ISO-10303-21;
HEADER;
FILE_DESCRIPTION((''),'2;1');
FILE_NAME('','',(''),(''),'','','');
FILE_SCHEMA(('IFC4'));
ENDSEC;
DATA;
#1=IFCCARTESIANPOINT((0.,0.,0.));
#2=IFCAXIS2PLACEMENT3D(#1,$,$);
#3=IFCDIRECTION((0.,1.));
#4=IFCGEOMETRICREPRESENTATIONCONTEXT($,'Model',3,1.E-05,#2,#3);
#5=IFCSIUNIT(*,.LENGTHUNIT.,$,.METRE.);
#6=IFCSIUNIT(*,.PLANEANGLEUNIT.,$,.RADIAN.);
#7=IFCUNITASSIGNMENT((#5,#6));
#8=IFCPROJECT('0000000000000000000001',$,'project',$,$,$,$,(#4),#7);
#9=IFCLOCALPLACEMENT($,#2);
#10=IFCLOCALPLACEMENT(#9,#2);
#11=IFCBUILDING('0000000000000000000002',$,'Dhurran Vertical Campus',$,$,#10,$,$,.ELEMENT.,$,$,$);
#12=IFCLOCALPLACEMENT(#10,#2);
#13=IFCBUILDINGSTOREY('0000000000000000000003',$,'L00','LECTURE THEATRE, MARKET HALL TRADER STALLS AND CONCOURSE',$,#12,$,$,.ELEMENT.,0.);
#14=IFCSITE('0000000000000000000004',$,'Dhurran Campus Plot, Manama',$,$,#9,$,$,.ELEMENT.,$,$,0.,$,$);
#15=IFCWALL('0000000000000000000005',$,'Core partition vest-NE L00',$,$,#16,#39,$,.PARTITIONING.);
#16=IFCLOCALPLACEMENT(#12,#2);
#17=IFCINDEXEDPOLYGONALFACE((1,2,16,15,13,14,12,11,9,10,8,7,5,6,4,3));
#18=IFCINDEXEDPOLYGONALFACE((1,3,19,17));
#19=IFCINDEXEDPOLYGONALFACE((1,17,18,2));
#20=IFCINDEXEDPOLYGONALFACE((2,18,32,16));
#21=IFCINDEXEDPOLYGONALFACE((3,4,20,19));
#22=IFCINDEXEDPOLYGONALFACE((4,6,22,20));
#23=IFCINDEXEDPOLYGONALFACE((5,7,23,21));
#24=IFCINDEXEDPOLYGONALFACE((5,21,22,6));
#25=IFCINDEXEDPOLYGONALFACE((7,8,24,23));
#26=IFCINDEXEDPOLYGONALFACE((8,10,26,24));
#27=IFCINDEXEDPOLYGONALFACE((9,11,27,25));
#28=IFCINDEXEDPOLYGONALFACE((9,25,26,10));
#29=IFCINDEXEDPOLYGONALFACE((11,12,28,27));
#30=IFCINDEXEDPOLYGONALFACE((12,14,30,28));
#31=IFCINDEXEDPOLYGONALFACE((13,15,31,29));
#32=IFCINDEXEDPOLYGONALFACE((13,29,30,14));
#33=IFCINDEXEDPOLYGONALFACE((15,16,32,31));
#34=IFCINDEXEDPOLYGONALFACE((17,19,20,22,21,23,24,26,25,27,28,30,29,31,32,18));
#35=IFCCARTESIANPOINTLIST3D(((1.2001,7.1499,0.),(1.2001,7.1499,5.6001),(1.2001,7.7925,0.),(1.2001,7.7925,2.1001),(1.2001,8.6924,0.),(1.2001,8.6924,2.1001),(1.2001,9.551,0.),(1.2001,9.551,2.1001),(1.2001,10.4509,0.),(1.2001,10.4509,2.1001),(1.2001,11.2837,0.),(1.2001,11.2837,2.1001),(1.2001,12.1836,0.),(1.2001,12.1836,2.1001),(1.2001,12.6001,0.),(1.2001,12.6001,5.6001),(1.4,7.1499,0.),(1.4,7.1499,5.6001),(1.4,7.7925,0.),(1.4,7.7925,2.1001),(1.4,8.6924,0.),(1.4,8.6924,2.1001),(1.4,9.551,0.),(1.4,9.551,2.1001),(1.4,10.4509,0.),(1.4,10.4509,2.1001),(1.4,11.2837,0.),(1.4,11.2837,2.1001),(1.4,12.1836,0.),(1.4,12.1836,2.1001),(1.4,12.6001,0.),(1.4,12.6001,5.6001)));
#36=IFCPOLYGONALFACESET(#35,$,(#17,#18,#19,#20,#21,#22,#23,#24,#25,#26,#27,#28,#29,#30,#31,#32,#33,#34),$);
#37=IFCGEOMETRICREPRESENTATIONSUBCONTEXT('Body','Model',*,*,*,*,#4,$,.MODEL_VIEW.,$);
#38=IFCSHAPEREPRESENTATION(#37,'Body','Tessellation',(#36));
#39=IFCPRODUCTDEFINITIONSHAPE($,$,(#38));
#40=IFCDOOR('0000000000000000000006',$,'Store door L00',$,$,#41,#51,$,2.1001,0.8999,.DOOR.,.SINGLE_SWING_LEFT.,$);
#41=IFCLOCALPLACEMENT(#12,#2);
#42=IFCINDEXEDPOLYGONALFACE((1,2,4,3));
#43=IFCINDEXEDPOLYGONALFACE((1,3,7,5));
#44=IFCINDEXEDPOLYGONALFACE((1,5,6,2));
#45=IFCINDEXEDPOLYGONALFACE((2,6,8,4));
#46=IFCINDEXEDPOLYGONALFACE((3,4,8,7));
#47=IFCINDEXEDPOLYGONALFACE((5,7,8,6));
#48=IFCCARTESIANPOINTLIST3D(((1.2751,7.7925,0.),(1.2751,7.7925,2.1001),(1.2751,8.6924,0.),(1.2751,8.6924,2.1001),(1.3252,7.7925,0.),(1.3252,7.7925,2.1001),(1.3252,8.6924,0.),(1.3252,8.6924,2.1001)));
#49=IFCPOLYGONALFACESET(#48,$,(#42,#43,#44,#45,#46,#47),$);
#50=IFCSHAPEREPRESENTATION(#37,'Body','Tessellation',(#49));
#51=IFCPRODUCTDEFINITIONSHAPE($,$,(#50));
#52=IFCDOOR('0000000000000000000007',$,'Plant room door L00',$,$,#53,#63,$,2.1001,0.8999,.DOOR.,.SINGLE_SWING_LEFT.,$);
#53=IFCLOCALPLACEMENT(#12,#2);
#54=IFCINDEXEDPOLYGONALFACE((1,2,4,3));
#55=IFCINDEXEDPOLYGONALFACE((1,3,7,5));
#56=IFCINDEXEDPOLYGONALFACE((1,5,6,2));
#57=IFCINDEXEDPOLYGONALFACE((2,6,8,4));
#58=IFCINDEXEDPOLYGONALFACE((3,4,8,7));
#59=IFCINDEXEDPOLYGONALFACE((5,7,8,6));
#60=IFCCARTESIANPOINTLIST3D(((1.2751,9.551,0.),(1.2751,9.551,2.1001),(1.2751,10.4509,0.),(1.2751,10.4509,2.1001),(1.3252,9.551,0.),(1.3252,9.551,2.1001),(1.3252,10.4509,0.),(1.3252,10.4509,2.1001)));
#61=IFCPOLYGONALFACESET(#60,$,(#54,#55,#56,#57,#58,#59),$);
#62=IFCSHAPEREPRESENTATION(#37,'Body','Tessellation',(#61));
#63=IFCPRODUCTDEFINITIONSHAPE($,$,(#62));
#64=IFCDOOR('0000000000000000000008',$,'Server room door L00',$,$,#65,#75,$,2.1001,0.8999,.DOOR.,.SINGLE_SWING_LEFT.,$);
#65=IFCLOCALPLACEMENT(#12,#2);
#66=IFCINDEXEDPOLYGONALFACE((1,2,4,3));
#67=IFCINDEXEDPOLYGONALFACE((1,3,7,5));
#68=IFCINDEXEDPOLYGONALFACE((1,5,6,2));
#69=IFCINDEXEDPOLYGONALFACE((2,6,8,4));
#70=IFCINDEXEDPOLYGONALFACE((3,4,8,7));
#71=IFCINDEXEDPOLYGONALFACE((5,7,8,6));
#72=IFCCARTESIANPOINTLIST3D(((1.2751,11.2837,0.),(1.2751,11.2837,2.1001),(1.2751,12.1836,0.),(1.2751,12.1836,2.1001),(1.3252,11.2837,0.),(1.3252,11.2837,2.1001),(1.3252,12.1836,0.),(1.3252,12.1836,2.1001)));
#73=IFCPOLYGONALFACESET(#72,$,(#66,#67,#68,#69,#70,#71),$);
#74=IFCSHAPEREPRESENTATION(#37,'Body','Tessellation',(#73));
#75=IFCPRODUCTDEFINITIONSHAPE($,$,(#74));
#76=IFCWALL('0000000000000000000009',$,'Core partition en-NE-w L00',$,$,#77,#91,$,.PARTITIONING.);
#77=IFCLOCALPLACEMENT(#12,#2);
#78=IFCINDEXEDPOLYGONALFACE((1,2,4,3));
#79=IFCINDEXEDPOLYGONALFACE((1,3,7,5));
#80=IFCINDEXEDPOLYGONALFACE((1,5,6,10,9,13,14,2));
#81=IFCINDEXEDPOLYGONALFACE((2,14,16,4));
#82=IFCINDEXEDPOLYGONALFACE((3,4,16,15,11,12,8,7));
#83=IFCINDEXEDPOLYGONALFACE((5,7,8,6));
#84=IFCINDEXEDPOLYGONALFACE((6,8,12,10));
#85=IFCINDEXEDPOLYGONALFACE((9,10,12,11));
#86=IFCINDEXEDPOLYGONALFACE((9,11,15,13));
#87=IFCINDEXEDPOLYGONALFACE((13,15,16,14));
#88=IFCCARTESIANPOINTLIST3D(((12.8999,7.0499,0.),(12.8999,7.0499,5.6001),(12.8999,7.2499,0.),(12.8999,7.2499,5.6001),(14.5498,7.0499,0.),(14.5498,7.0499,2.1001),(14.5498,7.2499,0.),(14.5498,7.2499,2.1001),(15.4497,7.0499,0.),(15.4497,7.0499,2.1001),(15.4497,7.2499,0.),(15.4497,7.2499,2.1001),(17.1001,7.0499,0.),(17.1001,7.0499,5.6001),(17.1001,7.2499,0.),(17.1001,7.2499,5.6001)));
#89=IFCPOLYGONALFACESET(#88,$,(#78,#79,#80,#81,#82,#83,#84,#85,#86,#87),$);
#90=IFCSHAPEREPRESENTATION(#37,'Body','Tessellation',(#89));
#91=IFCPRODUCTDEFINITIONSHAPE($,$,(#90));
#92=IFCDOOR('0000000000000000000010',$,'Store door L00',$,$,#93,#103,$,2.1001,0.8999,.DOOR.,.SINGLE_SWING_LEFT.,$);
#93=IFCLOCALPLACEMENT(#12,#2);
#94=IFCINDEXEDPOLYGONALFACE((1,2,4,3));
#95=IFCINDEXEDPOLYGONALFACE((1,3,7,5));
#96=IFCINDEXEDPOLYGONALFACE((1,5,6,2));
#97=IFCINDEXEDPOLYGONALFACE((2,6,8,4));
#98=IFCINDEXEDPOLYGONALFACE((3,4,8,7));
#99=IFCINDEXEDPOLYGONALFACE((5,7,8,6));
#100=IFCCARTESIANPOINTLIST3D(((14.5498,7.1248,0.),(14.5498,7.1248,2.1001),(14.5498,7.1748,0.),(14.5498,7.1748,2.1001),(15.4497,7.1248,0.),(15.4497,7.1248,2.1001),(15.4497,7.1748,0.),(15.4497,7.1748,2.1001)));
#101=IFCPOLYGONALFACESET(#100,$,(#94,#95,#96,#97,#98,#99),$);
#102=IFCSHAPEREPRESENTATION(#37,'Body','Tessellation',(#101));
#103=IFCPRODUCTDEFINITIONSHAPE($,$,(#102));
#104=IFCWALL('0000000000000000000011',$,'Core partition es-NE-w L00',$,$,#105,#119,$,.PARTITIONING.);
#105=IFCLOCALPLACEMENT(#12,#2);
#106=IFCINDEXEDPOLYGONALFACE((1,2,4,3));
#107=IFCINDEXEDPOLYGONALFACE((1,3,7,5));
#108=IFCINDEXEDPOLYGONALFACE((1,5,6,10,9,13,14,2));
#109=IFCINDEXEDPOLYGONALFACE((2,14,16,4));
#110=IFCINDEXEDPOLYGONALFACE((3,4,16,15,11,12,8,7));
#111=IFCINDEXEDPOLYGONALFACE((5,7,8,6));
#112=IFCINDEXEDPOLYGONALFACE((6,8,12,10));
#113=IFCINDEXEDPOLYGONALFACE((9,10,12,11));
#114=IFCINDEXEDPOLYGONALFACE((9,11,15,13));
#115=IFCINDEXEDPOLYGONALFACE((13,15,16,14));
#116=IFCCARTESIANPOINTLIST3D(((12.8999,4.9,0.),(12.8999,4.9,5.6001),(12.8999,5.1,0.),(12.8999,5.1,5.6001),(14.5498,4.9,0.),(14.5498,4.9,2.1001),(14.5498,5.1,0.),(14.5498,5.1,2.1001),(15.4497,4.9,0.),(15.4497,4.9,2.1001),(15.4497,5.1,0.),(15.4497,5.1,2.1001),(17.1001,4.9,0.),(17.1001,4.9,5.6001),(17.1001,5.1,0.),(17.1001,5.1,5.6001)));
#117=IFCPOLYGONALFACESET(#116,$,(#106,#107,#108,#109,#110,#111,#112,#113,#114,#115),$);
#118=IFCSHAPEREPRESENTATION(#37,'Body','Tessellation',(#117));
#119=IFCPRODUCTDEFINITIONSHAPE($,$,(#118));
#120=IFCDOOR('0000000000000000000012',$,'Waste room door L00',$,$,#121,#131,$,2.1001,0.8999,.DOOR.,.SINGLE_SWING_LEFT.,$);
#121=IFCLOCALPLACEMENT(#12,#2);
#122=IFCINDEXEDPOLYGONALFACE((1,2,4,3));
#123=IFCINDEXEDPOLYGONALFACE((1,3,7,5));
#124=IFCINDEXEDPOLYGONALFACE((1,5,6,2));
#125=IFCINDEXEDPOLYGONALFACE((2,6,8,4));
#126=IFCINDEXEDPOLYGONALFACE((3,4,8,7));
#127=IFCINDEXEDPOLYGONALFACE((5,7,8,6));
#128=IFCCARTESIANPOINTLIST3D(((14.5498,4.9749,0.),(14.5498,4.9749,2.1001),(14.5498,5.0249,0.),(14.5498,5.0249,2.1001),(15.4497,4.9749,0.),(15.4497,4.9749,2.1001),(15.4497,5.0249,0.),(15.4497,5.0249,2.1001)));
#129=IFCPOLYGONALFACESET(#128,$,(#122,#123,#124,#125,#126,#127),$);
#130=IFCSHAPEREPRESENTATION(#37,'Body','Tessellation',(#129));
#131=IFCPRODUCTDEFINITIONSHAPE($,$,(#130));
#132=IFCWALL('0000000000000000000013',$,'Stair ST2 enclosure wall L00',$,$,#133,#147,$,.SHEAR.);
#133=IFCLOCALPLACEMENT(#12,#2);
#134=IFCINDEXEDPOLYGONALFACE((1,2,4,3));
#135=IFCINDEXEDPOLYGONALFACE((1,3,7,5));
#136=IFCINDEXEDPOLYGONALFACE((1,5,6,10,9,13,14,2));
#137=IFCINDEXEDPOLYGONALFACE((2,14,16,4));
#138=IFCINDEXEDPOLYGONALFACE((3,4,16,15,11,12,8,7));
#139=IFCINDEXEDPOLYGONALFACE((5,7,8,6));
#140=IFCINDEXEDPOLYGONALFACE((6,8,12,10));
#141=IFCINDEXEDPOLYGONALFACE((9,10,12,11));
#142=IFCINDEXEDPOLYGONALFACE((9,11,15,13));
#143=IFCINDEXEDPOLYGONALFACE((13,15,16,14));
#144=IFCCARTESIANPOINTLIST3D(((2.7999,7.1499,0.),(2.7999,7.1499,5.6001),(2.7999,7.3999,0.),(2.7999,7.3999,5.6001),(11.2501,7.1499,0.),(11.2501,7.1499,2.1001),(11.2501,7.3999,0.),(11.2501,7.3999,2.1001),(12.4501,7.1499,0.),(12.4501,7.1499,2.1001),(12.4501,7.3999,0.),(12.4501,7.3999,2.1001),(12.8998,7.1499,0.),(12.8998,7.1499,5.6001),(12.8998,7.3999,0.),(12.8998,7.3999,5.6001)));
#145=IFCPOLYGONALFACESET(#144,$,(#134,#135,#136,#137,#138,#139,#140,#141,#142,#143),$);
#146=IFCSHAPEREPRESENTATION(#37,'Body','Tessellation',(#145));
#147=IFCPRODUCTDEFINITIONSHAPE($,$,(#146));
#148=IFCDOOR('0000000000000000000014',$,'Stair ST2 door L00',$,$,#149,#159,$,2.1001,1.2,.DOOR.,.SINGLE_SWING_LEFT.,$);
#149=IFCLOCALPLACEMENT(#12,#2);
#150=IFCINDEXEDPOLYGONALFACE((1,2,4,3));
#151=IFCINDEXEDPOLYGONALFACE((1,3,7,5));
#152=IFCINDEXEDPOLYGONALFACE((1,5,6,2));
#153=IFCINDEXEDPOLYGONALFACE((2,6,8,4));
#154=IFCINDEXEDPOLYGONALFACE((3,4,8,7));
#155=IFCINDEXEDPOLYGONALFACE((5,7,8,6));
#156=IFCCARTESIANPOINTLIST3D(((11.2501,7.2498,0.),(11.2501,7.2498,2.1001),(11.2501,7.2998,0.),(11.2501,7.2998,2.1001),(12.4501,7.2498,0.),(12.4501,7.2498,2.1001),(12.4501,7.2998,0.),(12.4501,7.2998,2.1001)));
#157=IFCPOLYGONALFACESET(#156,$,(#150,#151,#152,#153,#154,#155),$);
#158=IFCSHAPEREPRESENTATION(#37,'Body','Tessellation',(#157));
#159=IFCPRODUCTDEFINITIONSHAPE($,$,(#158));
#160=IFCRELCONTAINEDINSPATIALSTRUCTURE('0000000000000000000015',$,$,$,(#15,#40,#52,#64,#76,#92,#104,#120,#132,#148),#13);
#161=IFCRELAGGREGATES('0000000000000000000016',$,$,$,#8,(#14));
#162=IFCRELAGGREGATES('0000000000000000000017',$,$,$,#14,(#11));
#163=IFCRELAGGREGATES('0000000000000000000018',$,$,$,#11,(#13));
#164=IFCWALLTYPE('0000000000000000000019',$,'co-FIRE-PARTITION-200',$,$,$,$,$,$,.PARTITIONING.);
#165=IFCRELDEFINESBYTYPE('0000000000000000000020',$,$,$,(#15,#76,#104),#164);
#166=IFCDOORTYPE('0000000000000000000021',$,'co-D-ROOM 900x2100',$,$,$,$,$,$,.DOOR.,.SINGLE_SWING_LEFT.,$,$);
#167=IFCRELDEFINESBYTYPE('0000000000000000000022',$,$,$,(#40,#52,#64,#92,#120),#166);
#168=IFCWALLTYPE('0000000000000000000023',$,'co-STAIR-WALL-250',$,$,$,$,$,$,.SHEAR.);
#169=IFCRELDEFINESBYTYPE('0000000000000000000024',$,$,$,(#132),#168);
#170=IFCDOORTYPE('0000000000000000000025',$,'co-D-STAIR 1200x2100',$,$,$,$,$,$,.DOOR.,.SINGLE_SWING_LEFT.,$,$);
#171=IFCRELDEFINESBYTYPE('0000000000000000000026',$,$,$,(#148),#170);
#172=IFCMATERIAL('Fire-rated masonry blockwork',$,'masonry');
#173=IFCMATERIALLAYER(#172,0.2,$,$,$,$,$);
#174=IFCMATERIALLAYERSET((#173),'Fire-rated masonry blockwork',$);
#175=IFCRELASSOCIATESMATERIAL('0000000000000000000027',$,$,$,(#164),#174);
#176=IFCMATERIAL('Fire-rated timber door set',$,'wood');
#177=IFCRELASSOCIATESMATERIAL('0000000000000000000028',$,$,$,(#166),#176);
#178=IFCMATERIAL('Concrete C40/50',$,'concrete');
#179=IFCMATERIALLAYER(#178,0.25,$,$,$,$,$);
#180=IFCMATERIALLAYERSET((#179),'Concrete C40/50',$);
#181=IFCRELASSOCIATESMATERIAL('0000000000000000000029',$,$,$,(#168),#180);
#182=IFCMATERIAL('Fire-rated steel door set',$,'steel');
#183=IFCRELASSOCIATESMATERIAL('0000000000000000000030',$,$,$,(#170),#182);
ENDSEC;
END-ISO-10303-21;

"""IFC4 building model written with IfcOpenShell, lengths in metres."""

from ifc_helpers import new_model, si_unit, direction, frame, frame_2d, origin, place, context, subcontext, project, spatial, rectangle, extrude, material, layer, layer_set, type_object, element, fill, save


model = new_model("IFC4")

# Units and contexts
model_context = context("Model", 3, precision=1e-05, world=origin(), true_north=direction((0.0, 1.0)))
body_context = subcontext(model_context, "Body", "Model", "MODEL_VIEW")
ifc_project = project(units=[si_unit("LENGTHUNIT", "METRE"), si_unit("PLANEANGLEUNIT", "RADIAN")], contexts=[model_context])

# Site, building, storey
site_placement = place(None, origin())
site = spatial("IfcSite", under=ifc_project, at=site_placement, Name="Dhurran Campus Plot, Manama", CompositionType="ELEMENT", RefElevation=0.0)
building_placement = place(site_placement, origin())
building = spatial("IfcBuilding", under=site, at=building_placement, Name="Dhurran Vertical Campus", CompositionType="ELEMENT")
storey_placement = place(building_placement, origin())
storey = spatial("IfcBuildingStorey", under=building, at=storey_placement, Name="L00", Description="LECTURE THEATRE, MARKET HALL TRADER STALLS AND CONCOURSE", CompositionType="ELEMENT", Elevation=0.0)

# Shared definitions
ifc_material_1 = material(Name="Fire-rated masonry blockwork", Category="masonry")
ifc_layer_1 = layer(ifc_material_1, 0.2)
ifc_layer_set_1 = layer_set([ifc_layer_1], Name="Fire-rated masonry blockwork")
wall_type_1 = type_object("IfcWallType", Name="co-FIRE-PARTITION-200", PredefinedType="PARTITIONING", material=ifc_layer_set_1)

# Wall, openings, doors
ifc_material_2 = material(Name="Fire-rated timber door set", Category="wood")
door_type_1 = type_object("IfcDoorType", Name="co-D-ROOM 900x2100", OperationType="SINGLE_SWING_LEFT", PredefinedType="DOOR", material=ifc_material_2)
wall_1_placement = place(storey_placement, frame((1.3, 7.1499, 0.0), z_axis=(0.0, 0.0, 1.0), x_axis=(0.0, 1.0, 0.0)))
wall_1 = element("IfcWall", 1, at=wall_1_placement, inside=storey, type_object=wall_type_1, Name="Core partition vest-NE L00", PredefinedType="PARTITIONING", context=body_context, shape_type="SweptSolid", body=[
    extrude(rectangle(XDim=5.4502, YDim=0.2, at=frame_2d((2.7251, 0.0))), origin(), (0.0, 0.0, 1.0), 5.6001),
])
opening_1_placement = place(wall_1_placement, frame((0.6426, 0.0, 0.0)))
opening_1 = element("IfcOpeningElement", 2, at=opening_1_placement, cuts=wall_1, PredefinedType="OPENING", context=body_context, shape_type="SweptSolid", body=[
    extrude(rectangle(XDim=0.8999, YDim=2.1001, at=frame_2d((0.45, 1.05))), frame((0.0, 0.1099, 0.0), z_axis=(0.0, -1.0, 0.0), x_axis=(1.0, 0.0, 0.0)), (0.0, 0.0, 1.0), 0.22),
])
opening_2_placement = place(wall_1_placement, frame((2.4011, 0.0, 0.0)))
opening_2 = element("IfcOpeningElement", 3, at=opening_2_placement, cuts=wall_1, PredefinedType="OPENING", context=body_context, shape_type="SweptSolid", body=[
    extrude(rectangle(XDim=0.8999, YDim=2.1001, at=frame_2d((0.45, 1.05))), frame((0.0, 0.1099, 0.0), z_axis=(0.0, -1.0, 0.0), x_axis=(1.0, 0.0, 0.0)), (0.0, 0.0, 1.0), 0.22),
])
opening_3_placement = place(wall_1_placement, frame((4.1338, 0.0, 0.0)))
opening_3 = element("IfcOpeningElement", 4, at=opening_3_placement, cuts=wall_1, PredefinedType="OPENING", context=body_context, shape_type="SweptSolid", body=[
    extrude(rectangle(XDim=0.8999, YDim=2.1001, at=frame_2d((0.45, 1.05))), frame((0.0, 0.1099, 0.0), z_axis=(0.0, -1.0, 0.0), x_axis=(1.0, 0.0, 0.0)), (0.0, 0.0, 1.0), 0.22),
])
door_1_placement = place(opening_1_placement, origin())
door_1 = element("IfcDoor", 5, at=door_1_placement, inside=storey, type_object=door_type_1, Name="Store door L00", OperationType="SINGLE_SWING_LEFT", OverallHeight=2.1001, OverallWidth=0.8999, PredefinedType="DOOR", context=body_context, shape_type="SweptSolid", body=[
    extrude(rectangle(XDim=0.8999, YDim=2.1001, at=frame_2d((0.45, 1.05))), frame((0.0, 0.0249, 0.0), z_axis=(0.0, -1.0, 0.0), x_axis=(1.0, 0.0, 0.0)), (0.0, 0.0, 1.0), 0.05),
])
fill(opening_1, door_1)
door_2_placement = place(opening_2_placement, origin())
door_2 = element("IfcDoor", 6, at=door_2_placement, inside=storey, type_object=door_type_1, Name="Plant room door L00", OperationType="SINGLE_SWING_LEFT", OverallHeight=2.1001, OverallWidth=0.8999, PredefinedType="DOOR", context=body_context, shape_type="SweptSolid", body=[
    extrude(rectangle(XDim=0.8999, YDim=2.1001, at=frame_2d((0.45, 1.05))), frame((0.0, 0.0249, 0.0), z_axis=(0.0, -1.0, 0.0), x_axis=(1.0, 0.0, 0.0)), (0.0, 0.0, 1.0), 0.05),
])
fill(opening_2, door_2)
door_3_placement = place(opening_3_placement, origin())
door_3 = element("IfcDoor", 7, at=door_3_placement, inside=storey, type_object=door_type_1, Name="Server room door L00", OperationType="SINGLE_SWING_LEFT", OverallHeight=2.1001, OverallWidth=0.8999, PredefinedType="DOOR", context=body_context, shape_type="SweptSolid", body=[
    extrude(rectangle(XDim=0.8999, YDim=2.1001, at=frame_2d((0.45, 1.05))), frame((0.0, 0.0249, 0.0), z_axis=(0.0, -1.0, 0.0), x_axis=(1.0, 0.0, 0.0)), (0.0, 0.0, 1.0), 0.05),
])
fill(opening_3, door_3)

# Walls, openings, doors
wall_2_placement = place(storey_placement, frame((12.8999, 7.1499, 0.0), z_axis=(0.0, 0.0, 1.0), x_axis=(1.0, 0.0, 0.0)))
wall_2 = element("IfcWall", 8, at=wall_2_placement, inside=storey, type_object=wall_type_1, Name="Core partition en-NE-w L00", PredefinedType="PARTITIONING", context=body_context, shape_type="SweptSolid", body=[
    extrude(rectangle(XDim=4.2002, YDim=0.2, at=frame_2d((2.1001, 0.0))), origin(), (0.0, 0.0, 1.0), 5.6001),
])
opening_4_placement = place(wall_2_placement, frame((1.6499, 0.0, 0.0)))
opening_4 = element("IfcOpeningElement", 9, at=opening_4_placement, cuts=wall_2, PredefinedType="OPENING", context=body_context, shape_type="SweptSolid", body=[
    extrude(rectangle(XDim=0.8999, YDim=2.1001, at=frame_2d((0.45, 1.05))), frame((0.0, 0.1099, 0.0), z_axis=(0.0, -1.0, 0.0), x_axis=(1.0, 0.0, 0.0)), (0.0, 0.0, 1.0), 0.22),
])
door_4_placement = place(opening_4_placement, origin())
door_4 = element("IfcDoor", 10, at=door_4_placement, inside=storey, type_object=door_type_1, Name="Store door L00", OperationType="SINGLE_SWING_LEFT", OverallHeight=2.1001, OverallWidth=0.8999, PredefinedType="DOOR", context=body_context, shape_type="SweptSolid", body=[
    extrude(rectangle(XDim=0.8999, YDim=2.1001, at=frame_2d((0.45, 1.05))), frame((0.0, 0.0249, 0.0), z_axis=(0.0, -1.0, 0.0), x_axis=(1.0, 0.0, 0.0)), (0.0, 0.0, 1.0), 0.05),
])
fill(opening_4, door_4)
wall_3_placement = place(storey_placement, frame((12.8999, 5.0, 0.0), z_axis=(0.0, 0.0, 1.0), x_axis=(1.0, 0.0, 0.0)))
wall_3 = element("IfcWall", 11, at=wall_3_placement, inside=storey, type_object=wall_type_1, Name="Core partition es-NE-w L00", PredefinedType="PARTITIONING", context=body_context, shape_type="SweptSolid", body=[
    extrude(rectangle(XDim=4.2002, YDim=0.2, at=frame_2d((2.1001, 0.0))), origin(), (0.0, 0.0, 1.0), 5.6001),
])
opening_5_placement = place(wall_3_placement, frame((1.6499, 0.0, 0.0)))
opening_5 = element("IfcOpeningElement", 12, at=opening_5_placement, cuts=wall_3, PredefinedType="OPENING", context=body_context, shape_type="SweptSolid", body=[
    extrude(rectangle(XDim=0.8999, YDim=2.1001, at=frame_2d((0.45, 1.05))), frame((0.0, 0.1099, 0.0), z_axis=(0.0, -1.0, 0.0), x_axis=(1.0, 0.0, 0.0)), (0.0, 0.0, 1.0), 0.22),
])
door_5_placement = place(opening_5_placement, origin())
door_5 = element("IfcDoor", 13, at=door_5_placement, inside=storey, type_object=door_type_1, Name="Waste room door L00", OperationType="SINGLE_SWING_LEFT", OverallHeight=2.1001, OverallWidth=0.8999, PredefinedType="DOOR", context=body_context, shape_type="SweptSolid", body=[
    extrude(rectangle(XDim=0.8999, YDim=2.1001, at=frame_2d((0.45, 1.05))), frame((0.0, 0.0249, 0.0), z_axis=(0.0, -1.0, 0.0), x_axis=(1.0, 0.0, 0.0)), (0.0, 0.0, 1.0), 0.05),
])
fill(opening_5, door_5)
ifc_material_3 = material(Name="Concrete C40/50", Category="concrete")
ifc_layer_2 = layer(ifc_material_3, 0.25)
ifc_layer_set_2 = layer_set([ifc_layer_2], Name="Concrete C40/50")
wall_type_2 = type_object("IfcWallType", Name="co-STAIR-WALL-250", PredefinedType="SHEAR", material=ifc_layer_set_2)
wall_4_placement = place(storey_placement, frame((2.8, 7.2749, 0.0), z_axis=(0.0, 0.0, 1.0), x_axis=(1.0, 0.0, 0.0)))
wall_4 = element("IfcWall", 14, at=wall_4_placement, inside=storey, type_object=wall_type_2, Name="Stair ST2 enclosure wall L00", PredefinedType="SHEAR", context=body_context, shape_type="SweptSolid", body=[
    extrude(rectangle(XDim=10.0999, YDim=0.25, at=frame_2d((5.0498, 0.0))), origin(), (0.0, 0.0, 1.0), 5.6001),
])
opening_6_placement = place(wall_4_placement, frame((8.45, 0.0, 0.0)))
opening_6 = element("IfcOpeningElement", 15, at=opening_6_placement, cuts=wall_4, PredefinedType="OPENING", context=body_context, shape_type="SweptSolid", body=[
    extrude(rectangle(XDim=1.2, YDim=2.1001, at=frame_2d((0.6001, 1.05))), frame((0.0, 0.135, 0.0), z_axis=(0.0, -1.0, 0.0), x_axis=(1.0, 0.0, 0.0)), (0.0, 0.0, 1.0), 0.27),
])
ifc_material_4 = material(Name="Fire-rated steel door set", Category="steel")
door_type_2 = type_object("IfcDoorType", Name="co-D-STAIR 1200x2100", OperationType="SINGLE_SWING_LEFT", PredefinedType="DOOR", material=ifc_material_4)
door_6_placement = place(opening_6_placement, origin())
door_6 = element("IfcDoor", 16, at=door_6_placement, inside=storey, type_object=door_type_2, Name="Stair ST2 door L00", OperationType="SINGLE_SWING_LEFT", OverallHeight=2.1001, OverallWidth=1.2, PredefinedType="DOOR", context=body_context, shape_type="SweptSolid", body=[
    extrude(rectangle(XDim=1.2, YDim=2.1001, at=frame_2d((0.6001, 1.05))), frame((0.0, 0.0249, 0.0), z_axis=(0.0, -1.0, 0.0), x_axis=(1.0, 0.0, 0.0)), (0.0, 0.0, 1.0), 0.05),
])
fill(opening_6, door_6)

save(model, "model.ifc")
